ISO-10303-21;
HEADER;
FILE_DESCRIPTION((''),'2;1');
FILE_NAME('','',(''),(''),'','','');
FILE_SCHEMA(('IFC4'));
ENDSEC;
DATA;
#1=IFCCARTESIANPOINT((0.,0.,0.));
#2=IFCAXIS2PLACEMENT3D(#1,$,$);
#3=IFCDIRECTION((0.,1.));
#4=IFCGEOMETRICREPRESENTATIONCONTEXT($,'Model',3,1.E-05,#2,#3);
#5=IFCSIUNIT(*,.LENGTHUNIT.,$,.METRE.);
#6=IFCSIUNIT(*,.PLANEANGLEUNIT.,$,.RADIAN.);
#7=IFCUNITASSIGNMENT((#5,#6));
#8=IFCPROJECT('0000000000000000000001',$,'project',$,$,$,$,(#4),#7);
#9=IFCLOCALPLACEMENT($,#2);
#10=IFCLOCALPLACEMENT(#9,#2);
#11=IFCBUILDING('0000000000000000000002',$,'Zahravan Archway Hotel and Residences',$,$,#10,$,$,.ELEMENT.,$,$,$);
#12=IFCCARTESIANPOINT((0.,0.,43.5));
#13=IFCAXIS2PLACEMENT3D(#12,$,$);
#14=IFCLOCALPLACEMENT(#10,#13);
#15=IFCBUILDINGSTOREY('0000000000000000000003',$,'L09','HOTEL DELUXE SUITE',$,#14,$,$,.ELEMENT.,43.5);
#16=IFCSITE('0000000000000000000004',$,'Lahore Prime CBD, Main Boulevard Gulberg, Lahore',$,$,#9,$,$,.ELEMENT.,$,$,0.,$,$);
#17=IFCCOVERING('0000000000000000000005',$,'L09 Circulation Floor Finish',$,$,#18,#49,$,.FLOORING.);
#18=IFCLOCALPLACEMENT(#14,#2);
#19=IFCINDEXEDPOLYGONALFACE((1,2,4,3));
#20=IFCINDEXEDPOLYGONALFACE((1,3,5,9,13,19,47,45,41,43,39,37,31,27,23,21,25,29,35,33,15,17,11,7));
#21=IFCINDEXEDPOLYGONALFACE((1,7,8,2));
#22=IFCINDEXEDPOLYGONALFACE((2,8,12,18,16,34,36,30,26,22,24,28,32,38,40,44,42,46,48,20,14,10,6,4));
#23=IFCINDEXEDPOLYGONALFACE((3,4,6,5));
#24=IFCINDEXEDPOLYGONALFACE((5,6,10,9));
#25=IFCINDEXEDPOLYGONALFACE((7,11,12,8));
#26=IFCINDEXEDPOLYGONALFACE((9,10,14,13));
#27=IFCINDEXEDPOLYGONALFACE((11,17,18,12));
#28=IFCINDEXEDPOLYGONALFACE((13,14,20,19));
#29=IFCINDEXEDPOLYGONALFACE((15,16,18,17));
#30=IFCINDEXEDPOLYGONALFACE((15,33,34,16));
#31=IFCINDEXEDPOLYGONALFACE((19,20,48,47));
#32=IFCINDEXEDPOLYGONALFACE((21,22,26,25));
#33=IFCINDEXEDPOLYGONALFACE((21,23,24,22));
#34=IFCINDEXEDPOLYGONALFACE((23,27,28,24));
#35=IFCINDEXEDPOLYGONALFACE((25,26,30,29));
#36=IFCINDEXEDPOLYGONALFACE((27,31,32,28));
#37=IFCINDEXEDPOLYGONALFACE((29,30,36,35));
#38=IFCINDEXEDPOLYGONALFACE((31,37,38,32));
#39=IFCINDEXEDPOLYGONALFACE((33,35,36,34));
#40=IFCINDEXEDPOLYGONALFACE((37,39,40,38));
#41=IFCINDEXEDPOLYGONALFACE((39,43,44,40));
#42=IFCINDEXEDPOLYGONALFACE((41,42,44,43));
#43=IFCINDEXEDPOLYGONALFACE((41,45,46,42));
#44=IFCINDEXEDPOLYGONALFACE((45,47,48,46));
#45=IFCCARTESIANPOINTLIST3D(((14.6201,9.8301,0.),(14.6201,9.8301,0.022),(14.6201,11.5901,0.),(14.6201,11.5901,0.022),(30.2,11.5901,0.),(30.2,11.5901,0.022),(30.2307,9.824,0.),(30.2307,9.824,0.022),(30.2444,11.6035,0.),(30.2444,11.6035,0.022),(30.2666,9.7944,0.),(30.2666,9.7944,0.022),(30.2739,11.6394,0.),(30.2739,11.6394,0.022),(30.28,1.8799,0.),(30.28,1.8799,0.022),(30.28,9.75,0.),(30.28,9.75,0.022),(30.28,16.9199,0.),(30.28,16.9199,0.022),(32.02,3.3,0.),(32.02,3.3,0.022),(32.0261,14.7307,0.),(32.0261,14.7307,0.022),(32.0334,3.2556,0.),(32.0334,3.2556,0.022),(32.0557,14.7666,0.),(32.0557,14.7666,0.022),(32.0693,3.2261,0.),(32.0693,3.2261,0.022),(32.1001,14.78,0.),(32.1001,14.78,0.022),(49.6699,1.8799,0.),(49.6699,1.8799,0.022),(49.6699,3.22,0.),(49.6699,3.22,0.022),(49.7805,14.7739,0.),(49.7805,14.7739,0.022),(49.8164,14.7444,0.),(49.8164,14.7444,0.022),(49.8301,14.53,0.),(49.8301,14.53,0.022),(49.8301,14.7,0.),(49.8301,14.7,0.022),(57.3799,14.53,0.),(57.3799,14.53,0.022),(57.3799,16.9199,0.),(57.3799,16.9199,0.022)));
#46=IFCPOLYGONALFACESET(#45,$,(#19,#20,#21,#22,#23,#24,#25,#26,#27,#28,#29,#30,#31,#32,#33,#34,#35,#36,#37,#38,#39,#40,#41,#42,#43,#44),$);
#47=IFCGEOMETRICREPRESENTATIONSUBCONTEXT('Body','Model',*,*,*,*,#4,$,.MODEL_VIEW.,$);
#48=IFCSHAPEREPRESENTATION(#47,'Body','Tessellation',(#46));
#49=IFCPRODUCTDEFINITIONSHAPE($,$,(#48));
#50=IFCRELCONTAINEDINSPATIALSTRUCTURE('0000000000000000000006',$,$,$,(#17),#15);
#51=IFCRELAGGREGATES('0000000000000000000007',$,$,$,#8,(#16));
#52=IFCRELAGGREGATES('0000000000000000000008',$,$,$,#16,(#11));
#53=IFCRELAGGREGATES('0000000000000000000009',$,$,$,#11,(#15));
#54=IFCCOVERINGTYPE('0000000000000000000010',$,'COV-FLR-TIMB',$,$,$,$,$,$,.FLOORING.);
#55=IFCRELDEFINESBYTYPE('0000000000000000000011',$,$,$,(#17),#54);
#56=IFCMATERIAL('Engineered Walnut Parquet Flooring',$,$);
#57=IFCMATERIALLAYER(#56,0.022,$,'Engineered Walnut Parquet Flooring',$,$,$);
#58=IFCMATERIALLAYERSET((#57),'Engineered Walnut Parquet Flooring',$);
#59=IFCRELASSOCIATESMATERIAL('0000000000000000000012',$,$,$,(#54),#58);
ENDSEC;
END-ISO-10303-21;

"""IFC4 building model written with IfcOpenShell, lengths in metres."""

from ifc_helpers import new_model, si_unit, direction, frame, origin, place, context, subcontext, project, spatial, polyline, outline, extrude, material, layer, layer_set, type_object, element, save


model = new_model("IFC4")

# Units and contexts
model_context = context("Model", 3, precision=1e-05, world=origin(), true_north=direction((0.0, 1.0)))
body_context = subcontext(model_context, "Body", "Model", "MODEL_VIEW")
ifc_project = project(units=[si_unit("LENGTHUNIT", "METRE"), si_unit("PLANEANGLEUNIT", "RADIAN")], contexts=[model_context])

# Site, building, storey
site_placement = place(None, origin())
site = spatial("IfcSite", under=ifc_project, at=site_placement, Name="Lahore Prime CBD, Main Boulevard Gulberg, Lahore", CompositionType="ELEMENT", RefElevation=0.0)
building_placement = place(site_placement, origin())
building = spatial("IfcBuilding", under=site, at=building_placement, Name="Zahravan Archway Hotel and Residences", CompositionType="ELEMENT")
storey_placement = place(building_placement, frame((0.0, 0.0, 43.5)))
storey = spatial("IfcBuildingStorey", under=building, at=storey_placement, Name="L09", Description="HOTEL DELUXE SUITE", CompositionType="ELEMENT", Elevation=43.5)

# Covering
ifc_material_1 = material(Name="Engineered Walnut Parquet Flooring")
ifc_layer_1 = layer(ifc_material_1, 0.022, Name="Engineered Walnut Parquet Flooring")
ifc_layer_set_1 = layer_set([ifc_layer_1], Name="Engineered Walnut Parquet Flooring")
covering_type = type_object("IfcCoveringType", Name="COV-FLR-TIMB", PredefinedType="FLOORING", material=ifc_layer_set_1)
covering_placement = place(storey_placement, origin())
element("IfcCovering", 1, at=covering_placement, inside=storey, type_object=covering_type, Name="L09 Circulation Floor Finish", PredefinedType="FLOORING", context=body_context, shape_type="SweptSolid", body=[
    extrude(outline(polyline([(57.3799, 14.53), (49.8301, 14.53), (49.8301, 14.7), (49.8164, 14.7444), (49.7805, 14.7739), (32.1001, 14.78), (32.0557, 14.7666), (32.0261, 14.7307), (32.02, 3.3), (32.0334, 3.2556), (32.0693, 3.2261), (49.6699, 3.22), (49.6699, 1.8799), (30.28, 1.8799), (30.28, 9.75), (30.2666, 9.7944), (30.2307, 9.824), (14.6201, 9.8301), (14.6201, 11.5901), (30.2, 11.5901), (30.2444, 11.6035), (30.2739, 11.6394), (30.28, 16.9199), (57.3799, 16.9199), (57.3799, 14.53)])), origin(), (0.0, 0.0, 1.0), 0.022),
])

save(model, "model.ifc")
